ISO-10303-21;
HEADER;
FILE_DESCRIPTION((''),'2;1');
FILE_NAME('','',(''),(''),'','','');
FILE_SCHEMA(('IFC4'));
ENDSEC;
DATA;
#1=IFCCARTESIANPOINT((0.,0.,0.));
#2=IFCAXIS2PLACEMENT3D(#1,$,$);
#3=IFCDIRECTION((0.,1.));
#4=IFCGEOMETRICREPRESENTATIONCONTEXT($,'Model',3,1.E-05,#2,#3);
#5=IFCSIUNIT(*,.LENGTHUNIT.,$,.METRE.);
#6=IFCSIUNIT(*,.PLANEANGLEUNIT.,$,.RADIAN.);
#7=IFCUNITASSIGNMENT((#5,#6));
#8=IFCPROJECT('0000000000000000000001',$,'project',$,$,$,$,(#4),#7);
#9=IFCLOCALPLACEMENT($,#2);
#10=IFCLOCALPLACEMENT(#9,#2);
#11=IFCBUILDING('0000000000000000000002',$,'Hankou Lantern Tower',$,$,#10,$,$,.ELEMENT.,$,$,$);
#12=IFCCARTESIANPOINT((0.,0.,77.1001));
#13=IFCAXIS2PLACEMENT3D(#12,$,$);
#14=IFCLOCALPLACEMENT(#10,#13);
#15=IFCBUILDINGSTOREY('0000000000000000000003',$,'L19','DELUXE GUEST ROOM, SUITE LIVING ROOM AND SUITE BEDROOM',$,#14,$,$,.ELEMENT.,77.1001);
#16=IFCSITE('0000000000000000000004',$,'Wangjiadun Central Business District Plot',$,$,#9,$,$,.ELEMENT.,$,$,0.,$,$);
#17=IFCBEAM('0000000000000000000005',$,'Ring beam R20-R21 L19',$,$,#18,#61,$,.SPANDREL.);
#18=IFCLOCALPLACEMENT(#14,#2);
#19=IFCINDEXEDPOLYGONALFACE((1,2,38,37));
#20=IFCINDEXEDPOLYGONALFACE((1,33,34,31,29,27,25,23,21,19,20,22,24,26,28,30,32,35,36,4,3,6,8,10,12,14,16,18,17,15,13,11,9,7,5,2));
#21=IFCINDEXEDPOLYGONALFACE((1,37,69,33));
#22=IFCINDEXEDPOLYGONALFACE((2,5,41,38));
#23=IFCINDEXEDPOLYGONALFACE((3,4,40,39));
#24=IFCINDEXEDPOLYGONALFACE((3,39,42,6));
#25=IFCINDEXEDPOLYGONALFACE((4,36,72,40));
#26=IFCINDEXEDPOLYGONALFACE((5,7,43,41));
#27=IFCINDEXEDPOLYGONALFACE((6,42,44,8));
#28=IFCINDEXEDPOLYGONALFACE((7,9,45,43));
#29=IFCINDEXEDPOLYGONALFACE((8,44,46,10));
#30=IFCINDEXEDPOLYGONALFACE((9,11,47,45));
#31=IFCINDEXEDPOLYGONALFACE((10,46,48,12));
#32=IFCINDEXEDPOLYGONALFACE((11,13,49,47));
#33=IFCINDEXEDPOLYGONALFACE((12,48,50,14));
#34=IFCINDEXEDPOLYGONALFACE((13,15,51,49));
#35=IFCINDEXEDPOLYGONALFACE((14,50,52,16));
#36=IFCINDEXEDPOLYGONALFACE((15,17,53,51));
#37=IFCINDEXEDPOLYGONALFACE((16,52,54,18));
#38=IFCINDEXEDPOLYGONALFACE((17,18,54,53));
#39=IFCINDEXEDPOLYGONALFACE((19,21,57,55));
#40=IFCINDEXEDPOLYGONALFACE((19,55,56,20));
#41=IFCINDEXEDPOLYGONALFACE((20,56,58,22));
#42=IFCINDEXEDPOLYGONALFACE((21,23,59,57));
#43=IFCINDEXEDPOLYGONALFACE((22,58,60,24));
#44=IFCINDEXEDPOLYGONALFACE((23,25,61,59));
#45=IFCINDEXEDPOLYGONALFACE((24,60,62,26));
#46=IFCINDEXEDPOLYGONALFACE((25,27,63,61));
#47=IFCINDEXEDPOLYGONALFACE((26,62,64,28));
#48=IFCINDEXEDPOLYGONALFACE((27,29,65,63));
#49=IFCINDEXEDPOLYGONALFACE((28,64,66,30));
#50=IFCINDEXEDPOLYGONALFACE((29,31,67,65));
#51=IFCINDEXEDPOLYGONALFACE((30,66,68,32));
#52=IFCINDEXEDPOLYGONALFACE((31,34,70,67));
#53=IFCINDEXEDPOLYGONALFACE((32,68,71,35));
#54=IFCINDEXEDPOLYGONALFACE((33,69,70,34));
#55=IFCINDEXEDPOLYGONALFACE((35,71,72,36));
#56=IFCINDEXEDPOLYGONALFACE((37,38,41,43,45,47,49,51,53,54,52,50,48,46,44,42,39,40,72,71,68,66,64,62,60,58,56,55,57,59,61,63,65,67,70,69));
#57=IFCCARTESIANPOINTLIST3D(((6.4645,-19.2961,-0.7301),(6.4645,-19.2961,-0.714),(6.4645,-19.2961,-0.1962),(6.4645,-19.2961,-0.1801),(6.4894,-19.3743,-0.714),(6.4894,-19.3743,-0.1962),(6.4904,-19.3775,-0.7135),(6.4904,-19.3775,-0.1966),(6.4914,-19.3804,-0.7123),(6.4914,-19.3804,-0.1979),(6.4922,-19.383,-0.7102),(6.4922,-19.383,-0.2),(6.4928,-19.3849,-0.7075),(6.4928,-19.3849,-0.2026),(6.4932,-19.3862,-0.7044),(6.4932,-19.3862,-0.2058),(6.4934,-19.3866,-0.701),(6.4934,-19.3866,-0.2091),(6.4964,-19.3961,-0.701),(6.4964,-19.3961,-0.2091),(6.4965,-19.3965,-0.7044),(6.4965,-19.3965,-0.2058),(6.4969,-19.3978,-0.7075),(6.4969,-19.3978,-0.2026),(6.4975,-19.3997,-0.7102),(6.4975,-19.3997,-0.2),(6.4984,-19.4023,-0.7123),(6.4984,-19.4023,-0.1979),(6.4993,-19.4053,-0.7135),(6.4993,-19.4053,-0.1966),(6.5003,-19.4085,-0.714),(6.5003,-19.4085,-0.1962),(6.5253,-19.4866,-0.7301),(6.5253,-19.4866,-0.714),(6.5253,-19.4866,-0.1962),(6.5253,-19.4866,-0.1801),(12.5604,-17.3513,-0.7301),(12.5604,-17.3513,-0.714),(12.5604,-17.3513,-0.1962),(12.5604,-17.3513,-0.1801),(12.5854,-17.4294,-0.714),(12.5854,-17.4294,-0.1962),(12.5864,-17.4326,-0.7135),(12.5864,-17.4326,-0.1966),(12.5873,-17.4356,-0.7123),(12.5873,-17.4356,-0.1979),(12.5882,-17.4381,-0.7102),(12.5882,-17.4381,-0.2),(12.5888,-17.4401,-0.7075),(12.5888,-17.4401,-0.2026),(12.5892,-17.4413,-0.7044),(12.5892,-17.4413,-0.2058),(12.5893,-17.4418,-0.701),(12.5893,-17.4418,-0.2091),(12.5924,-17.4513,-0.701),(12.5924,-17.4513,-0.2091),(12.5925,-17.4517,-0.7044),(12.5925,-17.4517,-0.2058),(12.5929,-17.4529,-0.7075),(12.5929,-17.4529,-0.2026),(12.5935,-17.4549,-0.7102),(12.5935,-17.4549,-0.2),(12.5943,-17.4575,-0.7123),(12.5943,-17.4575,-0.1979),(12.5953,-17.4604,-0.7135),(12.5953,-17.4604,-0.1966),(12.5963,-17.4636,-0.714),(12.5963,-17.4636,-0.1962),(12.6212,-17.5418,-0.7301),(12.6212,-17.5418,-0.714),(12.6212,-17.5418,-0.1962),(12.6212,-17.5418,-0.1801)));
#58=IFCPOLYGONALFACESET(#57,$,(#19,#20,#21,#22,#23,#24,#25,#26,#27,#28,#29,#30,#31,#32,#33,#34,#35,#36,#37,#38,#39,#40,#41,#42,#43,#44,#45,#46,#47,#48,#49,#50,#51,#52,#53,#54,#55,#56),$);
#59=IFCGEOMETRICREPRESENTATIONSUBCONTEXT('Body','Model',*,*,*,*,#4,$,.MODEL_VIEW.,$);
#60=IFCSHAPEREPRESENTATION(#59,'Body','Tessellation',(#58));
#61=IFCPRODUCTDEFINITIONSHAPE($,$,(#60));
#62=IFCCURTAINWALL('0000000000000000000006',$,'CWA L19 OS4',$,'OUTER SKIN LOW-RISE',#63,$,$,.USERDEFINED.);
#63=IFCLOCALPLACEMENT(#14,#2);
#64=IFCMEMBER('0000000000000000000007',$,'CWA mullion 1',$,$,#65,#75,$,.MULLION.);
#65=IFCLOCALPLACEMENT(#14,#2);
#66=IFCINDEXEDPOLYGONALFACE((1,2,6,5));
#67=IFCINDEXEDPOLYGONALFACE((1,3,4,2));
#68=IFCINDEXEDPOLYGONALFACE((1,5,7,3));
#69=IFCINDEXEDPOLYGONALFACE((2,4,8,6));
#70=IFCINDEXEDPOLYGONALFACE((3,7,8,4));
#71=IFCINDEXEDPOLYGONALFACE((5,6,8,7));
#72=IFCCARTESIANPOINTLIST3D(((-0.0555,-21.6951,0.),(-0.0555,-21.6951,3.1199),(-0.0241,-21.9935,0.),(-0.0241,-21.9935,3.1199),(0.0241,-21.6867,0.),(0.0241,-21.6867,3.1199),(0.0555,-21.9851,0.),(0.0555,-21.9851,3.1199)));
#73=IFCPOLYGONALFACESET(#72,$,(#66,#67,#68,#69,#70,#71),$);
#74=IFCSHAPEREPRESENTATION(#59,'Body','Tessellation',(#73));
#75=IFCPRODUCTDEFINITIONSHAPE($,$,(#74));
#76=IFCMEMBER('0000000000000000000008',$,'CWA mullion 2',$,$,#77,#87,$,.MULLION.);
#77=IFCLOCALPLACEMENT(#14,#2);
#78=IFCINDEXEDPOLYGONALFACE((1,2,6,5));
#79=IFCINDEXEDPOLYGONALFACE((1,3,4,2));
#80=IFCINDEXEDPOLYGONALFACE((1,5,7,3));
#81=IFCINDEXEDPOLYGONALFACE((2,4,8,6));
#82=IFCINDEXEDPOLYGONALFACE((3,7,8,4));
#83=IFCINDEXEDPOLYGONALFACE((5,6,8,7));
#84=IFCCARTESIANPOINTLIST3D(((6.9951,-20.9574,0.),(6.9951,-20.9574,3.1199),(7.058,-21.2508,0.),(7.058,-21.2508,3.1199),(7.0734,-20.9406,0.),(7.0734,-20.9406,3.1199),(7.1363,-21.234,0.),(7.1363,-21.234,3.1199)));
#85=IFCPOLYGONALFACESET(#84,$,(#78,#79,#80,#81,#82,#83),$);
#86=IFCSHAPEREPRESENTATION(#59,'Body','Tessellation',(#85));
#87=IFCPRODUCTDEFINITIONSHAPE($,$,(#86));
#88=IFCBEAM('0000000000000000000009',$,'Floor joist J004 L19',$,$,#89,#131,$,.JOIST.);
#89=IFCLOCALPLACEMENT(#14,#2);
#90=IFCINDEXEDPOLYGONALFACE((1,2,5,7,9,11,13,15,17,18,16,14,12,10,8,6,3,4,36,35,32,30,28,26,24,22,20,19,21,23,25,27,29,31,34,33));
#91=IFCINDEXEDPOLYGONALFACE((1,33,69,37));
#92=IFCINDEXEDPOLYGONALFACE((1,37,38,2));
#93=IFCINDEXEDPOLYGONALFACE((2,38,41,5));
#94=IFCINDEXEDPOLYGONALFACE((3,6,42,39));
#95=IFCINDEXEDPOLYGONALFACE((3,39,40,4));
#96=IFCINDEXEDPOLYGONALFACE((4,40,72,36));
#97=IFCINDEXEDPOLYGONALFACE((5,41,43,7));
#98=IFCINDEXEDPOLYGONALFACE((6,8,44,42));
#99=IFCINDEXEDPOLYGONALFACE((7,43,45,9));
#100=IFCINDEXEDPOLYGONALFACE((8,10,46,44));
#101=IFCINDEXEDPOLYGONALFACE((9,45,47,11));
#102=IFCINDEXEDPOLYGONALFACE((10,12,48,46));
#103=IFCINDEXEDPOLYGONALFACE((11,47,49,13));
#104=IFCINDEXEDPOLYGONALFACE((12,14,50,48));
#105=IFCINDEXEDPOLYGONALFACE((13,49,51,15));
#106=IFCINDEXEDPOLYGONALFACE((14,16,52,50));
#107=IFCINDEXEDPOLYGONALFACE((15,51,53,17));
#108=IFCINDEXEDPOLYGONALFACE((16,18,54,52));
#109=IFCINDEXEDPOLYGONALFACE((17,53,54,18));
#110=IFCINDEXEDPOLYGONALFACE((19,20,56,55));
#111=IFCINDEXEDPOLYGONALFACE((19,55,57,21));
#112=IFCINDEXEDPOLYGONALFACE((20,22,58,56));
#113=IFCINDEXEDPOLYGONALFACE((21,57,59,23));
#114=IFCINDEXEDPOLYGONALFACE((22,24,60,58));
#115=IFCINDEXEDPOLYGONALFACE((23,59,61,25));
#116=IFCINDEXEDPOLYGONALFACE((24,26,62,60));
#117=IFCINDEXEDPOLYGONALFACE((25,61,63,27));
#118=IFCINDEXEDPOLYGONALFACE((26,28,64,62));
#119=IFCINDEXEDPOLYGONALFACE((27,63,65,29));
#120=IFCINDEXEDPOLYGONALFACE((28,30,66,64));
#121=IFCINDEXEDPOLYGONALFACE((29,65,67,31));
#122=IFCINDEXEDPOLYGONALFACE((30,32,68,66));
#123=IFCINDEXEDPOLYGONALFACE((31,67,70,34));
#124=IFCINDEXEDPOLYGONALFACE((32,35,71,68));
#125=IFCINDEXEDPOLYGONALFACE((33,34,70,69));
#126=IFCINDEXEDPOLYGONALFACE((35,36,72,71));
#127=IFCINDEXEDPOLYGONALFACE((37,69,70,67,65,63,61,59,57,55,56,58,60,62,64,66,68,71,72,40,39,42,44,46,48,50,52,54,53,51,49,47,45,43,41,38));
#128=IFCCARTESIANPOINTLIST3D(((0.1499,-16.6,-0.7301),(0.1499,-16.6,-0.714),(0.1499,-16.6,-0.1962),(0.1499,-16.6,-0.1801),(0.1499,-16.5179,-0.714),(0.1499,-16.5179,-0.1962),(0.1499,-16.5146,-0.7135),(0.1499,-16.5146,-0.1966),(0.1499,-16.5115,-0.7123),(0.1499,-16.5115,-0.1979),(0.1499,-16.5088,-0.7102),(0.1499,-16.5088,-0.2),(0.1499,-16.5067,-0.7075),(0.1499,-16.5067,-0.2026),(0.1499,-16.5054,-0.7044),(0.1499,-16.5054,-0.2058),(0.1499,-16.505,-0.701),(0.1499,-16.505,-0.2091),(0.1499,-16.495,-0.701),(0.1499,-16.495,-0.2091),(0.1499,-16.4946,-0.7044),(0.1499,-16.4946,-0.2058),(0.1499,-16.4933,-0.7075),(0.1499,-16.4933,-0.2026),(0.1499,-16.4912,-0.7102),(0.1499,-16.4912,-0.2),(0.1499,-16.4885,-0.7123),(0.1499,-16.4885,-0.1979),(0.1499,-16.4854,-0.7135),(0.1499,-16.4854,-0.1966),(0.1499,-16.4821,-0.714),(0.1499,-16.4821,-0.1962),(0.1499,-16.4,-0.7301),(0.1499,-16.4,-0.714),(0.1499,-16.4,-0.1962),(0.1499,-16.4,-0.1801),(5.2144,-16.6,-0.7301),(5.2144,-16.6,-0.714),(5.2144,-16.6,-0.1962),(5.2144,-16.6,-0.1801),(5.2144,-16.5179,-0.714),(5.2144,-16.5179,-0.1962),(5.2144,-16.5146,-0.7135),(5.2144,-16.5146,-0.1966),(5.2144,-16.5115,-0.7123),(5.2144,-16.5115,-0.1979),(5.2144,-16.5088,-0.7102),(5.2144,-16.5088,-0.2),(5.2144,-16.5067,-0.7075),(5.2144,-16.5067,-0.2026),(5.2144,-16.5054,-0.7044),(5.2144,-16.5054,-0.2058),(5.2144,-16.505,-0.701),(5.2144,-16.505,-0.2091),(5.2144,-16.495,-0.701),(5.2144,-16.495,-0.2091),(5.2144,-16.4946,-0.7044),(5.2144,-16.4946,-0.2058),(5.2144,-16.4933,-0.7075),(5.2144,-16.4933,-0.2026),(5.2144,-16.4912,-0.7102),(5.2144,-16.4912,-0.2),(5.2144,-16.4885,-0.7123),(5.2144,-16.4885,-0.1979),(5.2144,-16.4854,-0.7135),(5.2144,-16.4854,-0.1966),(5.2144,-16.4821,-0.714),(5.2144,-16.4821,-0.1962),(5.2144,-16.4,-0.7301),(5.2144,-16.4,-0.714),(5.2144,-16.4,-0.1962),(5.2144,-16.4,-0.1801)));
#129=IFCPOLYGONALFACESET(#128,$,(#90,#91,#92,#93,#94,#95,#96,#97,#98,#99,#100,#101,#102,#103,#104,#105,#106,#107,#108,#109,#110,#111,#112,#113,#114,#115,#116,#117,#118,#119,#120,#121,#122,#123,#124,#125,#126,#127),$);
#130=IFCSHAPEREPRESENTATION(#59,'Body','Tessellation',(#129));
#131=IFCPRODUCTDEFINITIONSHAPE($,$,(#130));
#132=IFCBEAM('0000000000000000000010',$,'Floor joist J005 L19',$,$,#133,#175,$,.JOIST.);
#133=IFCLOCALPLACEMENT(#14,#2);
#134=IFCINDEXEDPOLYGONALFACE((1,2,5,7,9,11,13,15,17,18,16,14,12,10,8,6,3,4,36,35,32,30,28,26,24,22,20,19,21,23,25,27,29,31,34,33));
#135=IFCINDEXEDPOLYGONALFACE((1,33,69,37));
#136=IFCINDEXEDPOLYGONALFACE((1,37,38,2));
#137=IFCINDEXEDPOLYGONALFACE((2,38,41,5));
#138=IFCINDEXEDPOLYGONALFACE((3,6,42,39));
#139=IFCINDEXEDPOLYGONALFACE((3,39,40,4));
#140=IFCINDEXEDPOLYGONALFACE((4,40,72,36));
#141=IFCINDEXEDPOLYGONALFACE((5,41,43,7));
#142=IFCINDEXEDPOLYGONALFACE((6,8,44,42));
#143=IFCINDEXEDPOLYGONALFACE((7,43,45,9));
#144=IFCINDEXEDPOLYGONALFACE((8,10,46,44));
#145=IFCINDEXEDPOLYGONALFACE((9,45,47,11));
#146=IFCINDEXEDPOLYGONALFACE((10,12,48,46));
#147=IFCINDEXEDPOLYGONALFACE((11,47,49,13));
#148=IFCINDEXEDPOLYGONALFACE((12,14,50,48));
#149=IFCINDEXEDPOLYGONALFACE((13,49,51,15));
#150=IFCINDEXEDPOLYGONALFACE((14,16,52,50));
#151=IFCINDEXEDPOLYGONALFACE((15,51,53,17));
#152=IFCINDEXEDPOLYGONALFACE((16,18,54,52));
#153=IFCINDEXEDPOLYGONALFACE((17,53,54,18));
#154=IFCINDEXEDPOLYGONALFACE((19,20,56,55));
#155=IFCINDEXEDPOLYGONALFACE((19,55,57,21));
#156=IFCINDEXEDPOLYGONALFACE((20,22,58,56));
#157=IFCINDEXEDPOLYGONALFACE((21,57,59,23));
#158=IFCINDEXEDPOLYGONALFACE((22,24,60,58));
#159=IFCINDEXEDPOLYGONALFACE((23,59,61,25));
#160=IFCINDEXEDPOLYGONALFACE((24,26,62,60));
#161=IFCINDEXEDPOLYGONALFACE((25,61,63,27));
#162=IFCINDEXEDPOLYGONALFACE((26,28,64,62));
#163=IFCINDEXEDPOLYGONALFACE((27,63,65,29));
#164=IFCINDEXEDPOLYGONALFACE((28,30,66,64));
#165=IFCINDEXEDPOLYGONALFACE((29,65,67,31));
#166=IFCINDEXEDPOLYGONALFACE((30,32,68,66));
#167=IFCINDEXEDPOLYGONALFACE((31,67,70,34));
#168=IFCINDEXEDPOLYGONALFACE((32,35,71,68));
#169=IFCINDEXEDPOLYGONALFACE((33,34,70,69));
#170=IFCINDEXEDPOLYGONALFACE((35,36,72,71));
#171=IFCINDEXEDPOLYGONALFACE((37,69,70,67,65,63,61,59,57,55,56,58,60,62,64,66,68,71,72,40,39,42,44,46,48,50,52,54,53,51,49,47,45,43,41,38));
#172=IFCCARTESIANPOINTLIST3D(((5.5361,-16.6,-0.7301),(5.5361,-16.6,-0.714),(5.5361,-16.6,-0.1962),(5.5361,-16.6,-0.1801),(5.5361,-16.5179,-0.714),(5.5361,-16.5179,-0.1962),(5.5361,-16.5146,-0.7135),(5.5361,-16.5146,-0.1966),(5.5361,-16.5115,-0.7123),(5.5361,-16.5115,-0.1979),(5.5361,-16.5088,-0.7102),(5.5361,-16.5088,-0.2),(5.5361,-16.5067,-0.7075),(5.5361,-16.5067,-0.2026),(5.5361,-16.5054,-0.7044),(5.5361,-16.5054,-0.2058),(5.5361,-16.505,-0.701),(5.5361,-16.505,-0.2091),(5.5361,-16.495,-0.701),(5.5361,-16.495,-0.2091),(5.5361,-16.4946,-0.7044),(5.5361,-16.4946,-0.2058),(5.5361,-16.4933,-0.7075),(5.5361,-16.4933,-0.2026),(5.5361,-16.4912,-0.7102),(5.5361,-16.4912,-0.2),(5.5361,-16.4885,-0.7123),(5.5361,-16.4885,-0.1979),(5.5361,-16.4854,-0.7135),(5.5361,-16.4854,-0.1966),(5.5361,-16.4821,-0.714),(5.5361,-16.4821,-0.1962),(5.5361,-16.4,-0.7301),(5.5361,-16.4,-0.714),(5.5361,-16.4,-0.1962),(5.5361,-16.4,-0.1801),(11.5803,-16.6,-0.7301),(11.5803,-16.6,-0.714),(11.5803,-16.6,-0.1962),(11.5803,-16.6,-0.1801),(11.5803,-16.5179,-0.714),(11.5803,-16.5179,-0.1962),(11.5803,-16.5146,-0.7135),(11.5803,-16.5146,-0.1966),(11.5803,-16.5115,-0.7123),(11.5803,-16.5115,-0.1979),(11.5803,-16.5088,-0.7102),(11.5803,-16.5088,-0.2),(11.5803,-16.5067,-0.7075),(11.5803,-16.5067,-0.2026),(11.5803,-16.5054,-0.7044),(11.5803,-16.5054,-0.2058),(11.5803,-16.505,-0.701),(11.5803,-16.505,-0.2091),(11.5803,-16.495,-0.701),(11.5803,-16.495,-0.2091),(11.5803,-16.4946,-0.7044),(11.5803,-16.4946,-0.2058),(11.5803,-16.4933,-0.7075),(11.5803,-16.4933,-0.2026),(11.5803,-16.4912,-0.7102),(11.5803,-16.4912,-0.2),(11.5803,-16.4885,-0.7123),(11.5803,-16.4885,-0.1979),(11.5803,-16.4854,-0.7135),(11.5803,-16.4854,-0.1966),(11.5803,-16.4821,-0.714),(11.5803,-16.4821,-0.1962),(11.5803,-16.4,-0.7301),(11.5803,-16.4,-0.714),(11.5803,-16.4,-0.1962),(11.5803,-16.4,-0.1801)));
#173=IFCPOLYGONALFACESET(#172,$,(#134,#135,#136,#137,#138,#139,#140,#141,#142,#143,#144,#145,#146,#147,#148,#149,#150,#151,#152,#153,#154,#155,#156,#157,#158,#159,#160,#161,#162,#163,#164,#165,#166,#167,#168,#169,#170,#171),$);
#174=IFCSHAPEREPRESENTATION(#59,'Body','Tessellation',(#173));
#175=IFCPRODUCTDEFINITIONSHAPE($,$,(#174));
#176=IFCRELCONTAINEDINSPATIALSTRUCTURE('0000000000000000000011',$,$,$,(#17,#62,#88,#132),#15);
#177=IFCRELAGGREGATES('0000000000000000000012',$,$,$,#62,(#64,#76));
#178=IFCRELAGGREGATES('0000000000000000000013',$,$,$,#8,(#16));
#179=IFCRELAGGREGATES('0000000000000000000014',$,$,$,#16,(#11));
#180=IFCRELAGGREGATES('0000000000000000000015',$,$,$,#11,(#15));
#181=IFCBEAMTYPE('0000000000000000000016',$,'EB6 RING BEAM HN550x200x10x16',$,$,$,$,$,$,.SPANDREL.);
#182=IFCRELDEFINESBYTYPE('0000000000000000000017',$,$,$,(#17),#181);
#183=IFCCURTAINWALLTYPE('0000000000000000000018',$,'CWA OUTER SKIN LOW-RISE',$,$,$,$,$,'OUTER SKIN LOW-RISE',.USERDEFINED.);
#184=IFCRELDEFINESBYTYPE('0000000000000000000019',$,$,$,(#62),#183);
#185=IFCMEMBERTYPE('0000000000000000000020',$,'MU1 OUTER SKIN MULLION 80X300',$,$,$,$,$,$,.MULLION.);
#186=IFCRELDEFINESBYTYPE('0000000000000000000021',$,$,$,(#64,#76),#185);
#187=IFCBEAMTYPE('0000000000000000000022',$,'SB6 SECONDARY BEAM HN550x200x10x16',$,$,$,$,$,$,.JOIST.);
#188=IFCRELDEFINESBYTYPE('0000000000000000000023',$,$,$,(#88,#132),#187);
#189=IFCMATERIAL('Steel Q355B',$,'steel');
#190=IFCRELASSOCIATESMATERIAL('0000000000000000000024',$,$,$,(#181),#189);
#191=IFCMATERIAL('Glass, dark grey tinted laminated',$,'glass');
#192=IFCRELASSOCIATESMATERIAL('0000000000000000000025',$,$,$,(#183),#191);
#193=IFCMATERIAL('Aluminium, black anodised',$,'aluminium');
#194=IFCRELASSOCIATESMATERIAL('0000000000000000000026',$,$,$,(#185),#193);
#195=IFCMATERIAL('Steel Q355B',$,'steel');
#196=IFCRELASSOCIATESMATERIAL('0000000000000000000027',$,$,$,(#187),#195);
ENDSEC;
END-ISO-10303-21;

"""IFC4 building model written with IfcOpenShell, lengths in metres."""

from ifc_helpers import new_model, si_unit, direction, frame, origin, origin_2d, place, context, subcontext, project, spatial, rectangle, i_section, extrude, material, material_profile, profile_set, type_object, element, aggregate, save


model = new_model("IFC4")

# Units and contexts
model_context = context("Model", 3, precision=1e-05, world=origin(), true_north=direction((0.0, 1.0)))
body_context = subcontext(model_context, "Body", "Model", "MODEL_VIEW")
ifc_project = project(units=[si_unit("LENGTHUNIT", "METRE"), si_unit("PLANEANGLEUNIT", "RADIAN")], contexts=[model_context])

# Site, building, storey
site_placement = place(None, origin())
site = spatial("IfcSite", under=ifc_project, at=site_placement, Name="Wangjiadun Central Business District Plot", CompositionType="ELEMENT", RefElevation=0.0)
building_placement = place(site_placement, origin())
building = spatial("IfcBuilding", under=site, at=building_placement, Name="Hankou Lantern Tower", CompositionType="ELEMENT")
storey_placement = place(building_placement, frame((0.0, 0.0, 77.1001)))
storey = spatial("IfcBuildingStorey", under=building, at=storey_placement, Name="L19", Description="DELUXE GUEST ROOM, SUITE LIVING ROOM AND SUITE BEDROOM", CompositionType="ELEMENT", Elevation=77.1001)

# Beam
ifc_material_1 = material(Name="Steel Q355B", Category="steel")
ifc_material_profile_1 = material_profile(ifc_material_1, i_section(OverallWidth=0.2, OverallDepth=0.55, WebThickness=0.01, FlangeThickness=0.0161, FilletRadius=0.0129, at=origin_2d()), Name="HN550x200x10x16")
ifc_profile_set_1 = profile_set([ifc_material_profile_1], Name="Steel Q355B")
beam_type_1 = type_object("IfcBeamType", Name="EB6 RING BEAM HN550x200x10x16", PredefinedType="SPANDREL", material=ifc_profile_set_1)
beam_1_placement = place(storey_placement, frame((6.4949, -19.3914, -0.4551), z_axis=(0.95269, 0.303942, 0.0), x_axis=(-0.303942, 0.95269, 0.0)))
element("IfcBeam", 1, at=beam_1_placement, inside=storey, type_object=beam_type_1, Name="Ring beam R20-R21 L19", PredefinedType="SPANDREL", context=body_context, shape_type="SweptSolid", body=[
    extrude(i_section(OverallWidth=0.2, OverallDepth=0.55, WebThickness=0.01, FlangeThickness=0.0161, FilletRadius=0.0129, at=origin_2d()), origin(), (0.0, 0.0, 1.0), 6.3987),
])

# Curtain wall, members
ifc_material_2 = material(Name="Glass, dark grey tinted laminated", Category="glass")
curtain_wall_type = type_object("IfcCurtainWallType", Name="CWA OUTER SKIN LOW-RISE", ElementType="OUTER SKIN LOW-RISE", PredefinedType="USERDEFINED", material=ifc_material_2)
curtain_wall_placement = place(storey_placement, origin())
curtain_wall = element("IfcCurtainWall", 2, at=curtain_wall_placement, inside=storey, type_object=curtain_wall_type, Name="CWA L19 OS4", ObjectType="OUTER SKIN LOW-RISE", PredefinedType="USERDEFINED")
ifc_material_3 = material(Name="Aluminium, black anodised", Category="aluminium")
ifc_material_profile_2 = material_profile(ifc_material_3, rectangle(XDim=0.0801, YDim=0.3, at=origin_2d()), Name="MU1 80X300")
ifc_profile_set_2 = profile_set([ifc_material_profile_2], Name="Aluminium, black anodised")
member_type_1 = type_object("IfcMemberType", Name="MU1 OUTER SKIN MULLION 80X300", PredefinedType="MULLION", material=ifc_profile_set_2)
member_1_placement = place(storey_placement, frame((0.0, -21.8401, 0.0), z_axis=(0.0, 0.0, 1.0), x_axis=(0.994499, 0.104743, 0.0)))
member_1 = element("IfcMember", 3, at=member_1_placement, type_object=member_type_1, Name="CWA mullion 1", PredefinedType="MULLION", context=body_context, shape_type="SweptSolid", body=[
    extrude(rectangle(XDim=0.0801, YDim=0.3, at=origin_2d()), origin(), (0.0, 0.0, 1.0), 3.1199),
])
member_2_placement = place(storey_placement, frame((7.0657, -21.0957, 0.0), z_axis=(0.0, 0.0, 1.0), x_axis=(0.977788, 0.209598, 0.0)))
member_2 = element("IfcMember", 4, at=member_2_placement, type_object=member_type_1, Name="CWA mullion 2", PredefinedType="MULLION", context=body_context, shape_type="SweptSolid", body=[
    extrude(rectangle(XDim=0.0801, YDim=0.3, at=origin_2d()), origin(), (0.0, 0.0, 1.0), 3.1199),
])

# Beams
ifc_material_4 = material(Name="Steel Q355B", Category="steel")
ifc_material_profile_3 = material_profile(ifc_material_4, i_section(OverallWidth=0.2, OverallDepth=0.55, WebThickness=0.01, FlangeThickness=0.0161, FilletRadius=0.0129, at=origin_2d()), Name="HN550x200x10x16")
ifc_profile_set_3 = profile_set([ifc_material_profile_3], Name="Steel Q355B")
beam_type_2 = type_object("IfcBeamType", Name="SB6 SECONDARY BEAM HN550x200x10x16", PredefinedType="JOIST", material=ifc_profile_set_3)
beam_2_placement = place(storey_placement, frame((0.1499, -16.5, -0.4551), z_axis=(1.0, 0.0, 0.0), x_axis=(0.0, 1.0, 0.0)))
element("IfcBeam", 5, at=beam_2_placement, inside=storey, type_object=beam_type_2, Name="Floor joist J004 L19", PredefinedType="JOIST", context=body_context, shape_type="SweptSolid", body=[
    extrude(i_section(OverallWidth=0.2, OverallDepth=0.55, WebThickness=0.01, FlangeThickness=0.0161, FilletRadius=0.0129, at=origin_2d()), origin(), (0.0, 0.0, 1.0), 5.0645),
])
beam_3_placement = place(storey_placement, frame((5.5361, -16.5, -0.4551), z_axis=(1.0, 0.0, 0.0), x_axis=(0.0, 1.0, 0.0)))
element("IfcBeam", 6, at=beam_3_placement, inside=storey, type_object=beam_type_2, Name="Floor joist J005 L19", PredefinedType="JOIST", context=body_context, shape_type="SweptSolid", body=[
    extrude(i_section(OverallWidth=0.2, OverallDepth=0.55, WebThickness=0.01, FlangeThickness=0.0161, FilletRadius=0.0129, at=origin_2d()), origin(), (0.0, 0.0, 1.0), 6.0442),
])

aggregate(curtain_wall, [member_1, member_2])

save(model, "model.ifc")
